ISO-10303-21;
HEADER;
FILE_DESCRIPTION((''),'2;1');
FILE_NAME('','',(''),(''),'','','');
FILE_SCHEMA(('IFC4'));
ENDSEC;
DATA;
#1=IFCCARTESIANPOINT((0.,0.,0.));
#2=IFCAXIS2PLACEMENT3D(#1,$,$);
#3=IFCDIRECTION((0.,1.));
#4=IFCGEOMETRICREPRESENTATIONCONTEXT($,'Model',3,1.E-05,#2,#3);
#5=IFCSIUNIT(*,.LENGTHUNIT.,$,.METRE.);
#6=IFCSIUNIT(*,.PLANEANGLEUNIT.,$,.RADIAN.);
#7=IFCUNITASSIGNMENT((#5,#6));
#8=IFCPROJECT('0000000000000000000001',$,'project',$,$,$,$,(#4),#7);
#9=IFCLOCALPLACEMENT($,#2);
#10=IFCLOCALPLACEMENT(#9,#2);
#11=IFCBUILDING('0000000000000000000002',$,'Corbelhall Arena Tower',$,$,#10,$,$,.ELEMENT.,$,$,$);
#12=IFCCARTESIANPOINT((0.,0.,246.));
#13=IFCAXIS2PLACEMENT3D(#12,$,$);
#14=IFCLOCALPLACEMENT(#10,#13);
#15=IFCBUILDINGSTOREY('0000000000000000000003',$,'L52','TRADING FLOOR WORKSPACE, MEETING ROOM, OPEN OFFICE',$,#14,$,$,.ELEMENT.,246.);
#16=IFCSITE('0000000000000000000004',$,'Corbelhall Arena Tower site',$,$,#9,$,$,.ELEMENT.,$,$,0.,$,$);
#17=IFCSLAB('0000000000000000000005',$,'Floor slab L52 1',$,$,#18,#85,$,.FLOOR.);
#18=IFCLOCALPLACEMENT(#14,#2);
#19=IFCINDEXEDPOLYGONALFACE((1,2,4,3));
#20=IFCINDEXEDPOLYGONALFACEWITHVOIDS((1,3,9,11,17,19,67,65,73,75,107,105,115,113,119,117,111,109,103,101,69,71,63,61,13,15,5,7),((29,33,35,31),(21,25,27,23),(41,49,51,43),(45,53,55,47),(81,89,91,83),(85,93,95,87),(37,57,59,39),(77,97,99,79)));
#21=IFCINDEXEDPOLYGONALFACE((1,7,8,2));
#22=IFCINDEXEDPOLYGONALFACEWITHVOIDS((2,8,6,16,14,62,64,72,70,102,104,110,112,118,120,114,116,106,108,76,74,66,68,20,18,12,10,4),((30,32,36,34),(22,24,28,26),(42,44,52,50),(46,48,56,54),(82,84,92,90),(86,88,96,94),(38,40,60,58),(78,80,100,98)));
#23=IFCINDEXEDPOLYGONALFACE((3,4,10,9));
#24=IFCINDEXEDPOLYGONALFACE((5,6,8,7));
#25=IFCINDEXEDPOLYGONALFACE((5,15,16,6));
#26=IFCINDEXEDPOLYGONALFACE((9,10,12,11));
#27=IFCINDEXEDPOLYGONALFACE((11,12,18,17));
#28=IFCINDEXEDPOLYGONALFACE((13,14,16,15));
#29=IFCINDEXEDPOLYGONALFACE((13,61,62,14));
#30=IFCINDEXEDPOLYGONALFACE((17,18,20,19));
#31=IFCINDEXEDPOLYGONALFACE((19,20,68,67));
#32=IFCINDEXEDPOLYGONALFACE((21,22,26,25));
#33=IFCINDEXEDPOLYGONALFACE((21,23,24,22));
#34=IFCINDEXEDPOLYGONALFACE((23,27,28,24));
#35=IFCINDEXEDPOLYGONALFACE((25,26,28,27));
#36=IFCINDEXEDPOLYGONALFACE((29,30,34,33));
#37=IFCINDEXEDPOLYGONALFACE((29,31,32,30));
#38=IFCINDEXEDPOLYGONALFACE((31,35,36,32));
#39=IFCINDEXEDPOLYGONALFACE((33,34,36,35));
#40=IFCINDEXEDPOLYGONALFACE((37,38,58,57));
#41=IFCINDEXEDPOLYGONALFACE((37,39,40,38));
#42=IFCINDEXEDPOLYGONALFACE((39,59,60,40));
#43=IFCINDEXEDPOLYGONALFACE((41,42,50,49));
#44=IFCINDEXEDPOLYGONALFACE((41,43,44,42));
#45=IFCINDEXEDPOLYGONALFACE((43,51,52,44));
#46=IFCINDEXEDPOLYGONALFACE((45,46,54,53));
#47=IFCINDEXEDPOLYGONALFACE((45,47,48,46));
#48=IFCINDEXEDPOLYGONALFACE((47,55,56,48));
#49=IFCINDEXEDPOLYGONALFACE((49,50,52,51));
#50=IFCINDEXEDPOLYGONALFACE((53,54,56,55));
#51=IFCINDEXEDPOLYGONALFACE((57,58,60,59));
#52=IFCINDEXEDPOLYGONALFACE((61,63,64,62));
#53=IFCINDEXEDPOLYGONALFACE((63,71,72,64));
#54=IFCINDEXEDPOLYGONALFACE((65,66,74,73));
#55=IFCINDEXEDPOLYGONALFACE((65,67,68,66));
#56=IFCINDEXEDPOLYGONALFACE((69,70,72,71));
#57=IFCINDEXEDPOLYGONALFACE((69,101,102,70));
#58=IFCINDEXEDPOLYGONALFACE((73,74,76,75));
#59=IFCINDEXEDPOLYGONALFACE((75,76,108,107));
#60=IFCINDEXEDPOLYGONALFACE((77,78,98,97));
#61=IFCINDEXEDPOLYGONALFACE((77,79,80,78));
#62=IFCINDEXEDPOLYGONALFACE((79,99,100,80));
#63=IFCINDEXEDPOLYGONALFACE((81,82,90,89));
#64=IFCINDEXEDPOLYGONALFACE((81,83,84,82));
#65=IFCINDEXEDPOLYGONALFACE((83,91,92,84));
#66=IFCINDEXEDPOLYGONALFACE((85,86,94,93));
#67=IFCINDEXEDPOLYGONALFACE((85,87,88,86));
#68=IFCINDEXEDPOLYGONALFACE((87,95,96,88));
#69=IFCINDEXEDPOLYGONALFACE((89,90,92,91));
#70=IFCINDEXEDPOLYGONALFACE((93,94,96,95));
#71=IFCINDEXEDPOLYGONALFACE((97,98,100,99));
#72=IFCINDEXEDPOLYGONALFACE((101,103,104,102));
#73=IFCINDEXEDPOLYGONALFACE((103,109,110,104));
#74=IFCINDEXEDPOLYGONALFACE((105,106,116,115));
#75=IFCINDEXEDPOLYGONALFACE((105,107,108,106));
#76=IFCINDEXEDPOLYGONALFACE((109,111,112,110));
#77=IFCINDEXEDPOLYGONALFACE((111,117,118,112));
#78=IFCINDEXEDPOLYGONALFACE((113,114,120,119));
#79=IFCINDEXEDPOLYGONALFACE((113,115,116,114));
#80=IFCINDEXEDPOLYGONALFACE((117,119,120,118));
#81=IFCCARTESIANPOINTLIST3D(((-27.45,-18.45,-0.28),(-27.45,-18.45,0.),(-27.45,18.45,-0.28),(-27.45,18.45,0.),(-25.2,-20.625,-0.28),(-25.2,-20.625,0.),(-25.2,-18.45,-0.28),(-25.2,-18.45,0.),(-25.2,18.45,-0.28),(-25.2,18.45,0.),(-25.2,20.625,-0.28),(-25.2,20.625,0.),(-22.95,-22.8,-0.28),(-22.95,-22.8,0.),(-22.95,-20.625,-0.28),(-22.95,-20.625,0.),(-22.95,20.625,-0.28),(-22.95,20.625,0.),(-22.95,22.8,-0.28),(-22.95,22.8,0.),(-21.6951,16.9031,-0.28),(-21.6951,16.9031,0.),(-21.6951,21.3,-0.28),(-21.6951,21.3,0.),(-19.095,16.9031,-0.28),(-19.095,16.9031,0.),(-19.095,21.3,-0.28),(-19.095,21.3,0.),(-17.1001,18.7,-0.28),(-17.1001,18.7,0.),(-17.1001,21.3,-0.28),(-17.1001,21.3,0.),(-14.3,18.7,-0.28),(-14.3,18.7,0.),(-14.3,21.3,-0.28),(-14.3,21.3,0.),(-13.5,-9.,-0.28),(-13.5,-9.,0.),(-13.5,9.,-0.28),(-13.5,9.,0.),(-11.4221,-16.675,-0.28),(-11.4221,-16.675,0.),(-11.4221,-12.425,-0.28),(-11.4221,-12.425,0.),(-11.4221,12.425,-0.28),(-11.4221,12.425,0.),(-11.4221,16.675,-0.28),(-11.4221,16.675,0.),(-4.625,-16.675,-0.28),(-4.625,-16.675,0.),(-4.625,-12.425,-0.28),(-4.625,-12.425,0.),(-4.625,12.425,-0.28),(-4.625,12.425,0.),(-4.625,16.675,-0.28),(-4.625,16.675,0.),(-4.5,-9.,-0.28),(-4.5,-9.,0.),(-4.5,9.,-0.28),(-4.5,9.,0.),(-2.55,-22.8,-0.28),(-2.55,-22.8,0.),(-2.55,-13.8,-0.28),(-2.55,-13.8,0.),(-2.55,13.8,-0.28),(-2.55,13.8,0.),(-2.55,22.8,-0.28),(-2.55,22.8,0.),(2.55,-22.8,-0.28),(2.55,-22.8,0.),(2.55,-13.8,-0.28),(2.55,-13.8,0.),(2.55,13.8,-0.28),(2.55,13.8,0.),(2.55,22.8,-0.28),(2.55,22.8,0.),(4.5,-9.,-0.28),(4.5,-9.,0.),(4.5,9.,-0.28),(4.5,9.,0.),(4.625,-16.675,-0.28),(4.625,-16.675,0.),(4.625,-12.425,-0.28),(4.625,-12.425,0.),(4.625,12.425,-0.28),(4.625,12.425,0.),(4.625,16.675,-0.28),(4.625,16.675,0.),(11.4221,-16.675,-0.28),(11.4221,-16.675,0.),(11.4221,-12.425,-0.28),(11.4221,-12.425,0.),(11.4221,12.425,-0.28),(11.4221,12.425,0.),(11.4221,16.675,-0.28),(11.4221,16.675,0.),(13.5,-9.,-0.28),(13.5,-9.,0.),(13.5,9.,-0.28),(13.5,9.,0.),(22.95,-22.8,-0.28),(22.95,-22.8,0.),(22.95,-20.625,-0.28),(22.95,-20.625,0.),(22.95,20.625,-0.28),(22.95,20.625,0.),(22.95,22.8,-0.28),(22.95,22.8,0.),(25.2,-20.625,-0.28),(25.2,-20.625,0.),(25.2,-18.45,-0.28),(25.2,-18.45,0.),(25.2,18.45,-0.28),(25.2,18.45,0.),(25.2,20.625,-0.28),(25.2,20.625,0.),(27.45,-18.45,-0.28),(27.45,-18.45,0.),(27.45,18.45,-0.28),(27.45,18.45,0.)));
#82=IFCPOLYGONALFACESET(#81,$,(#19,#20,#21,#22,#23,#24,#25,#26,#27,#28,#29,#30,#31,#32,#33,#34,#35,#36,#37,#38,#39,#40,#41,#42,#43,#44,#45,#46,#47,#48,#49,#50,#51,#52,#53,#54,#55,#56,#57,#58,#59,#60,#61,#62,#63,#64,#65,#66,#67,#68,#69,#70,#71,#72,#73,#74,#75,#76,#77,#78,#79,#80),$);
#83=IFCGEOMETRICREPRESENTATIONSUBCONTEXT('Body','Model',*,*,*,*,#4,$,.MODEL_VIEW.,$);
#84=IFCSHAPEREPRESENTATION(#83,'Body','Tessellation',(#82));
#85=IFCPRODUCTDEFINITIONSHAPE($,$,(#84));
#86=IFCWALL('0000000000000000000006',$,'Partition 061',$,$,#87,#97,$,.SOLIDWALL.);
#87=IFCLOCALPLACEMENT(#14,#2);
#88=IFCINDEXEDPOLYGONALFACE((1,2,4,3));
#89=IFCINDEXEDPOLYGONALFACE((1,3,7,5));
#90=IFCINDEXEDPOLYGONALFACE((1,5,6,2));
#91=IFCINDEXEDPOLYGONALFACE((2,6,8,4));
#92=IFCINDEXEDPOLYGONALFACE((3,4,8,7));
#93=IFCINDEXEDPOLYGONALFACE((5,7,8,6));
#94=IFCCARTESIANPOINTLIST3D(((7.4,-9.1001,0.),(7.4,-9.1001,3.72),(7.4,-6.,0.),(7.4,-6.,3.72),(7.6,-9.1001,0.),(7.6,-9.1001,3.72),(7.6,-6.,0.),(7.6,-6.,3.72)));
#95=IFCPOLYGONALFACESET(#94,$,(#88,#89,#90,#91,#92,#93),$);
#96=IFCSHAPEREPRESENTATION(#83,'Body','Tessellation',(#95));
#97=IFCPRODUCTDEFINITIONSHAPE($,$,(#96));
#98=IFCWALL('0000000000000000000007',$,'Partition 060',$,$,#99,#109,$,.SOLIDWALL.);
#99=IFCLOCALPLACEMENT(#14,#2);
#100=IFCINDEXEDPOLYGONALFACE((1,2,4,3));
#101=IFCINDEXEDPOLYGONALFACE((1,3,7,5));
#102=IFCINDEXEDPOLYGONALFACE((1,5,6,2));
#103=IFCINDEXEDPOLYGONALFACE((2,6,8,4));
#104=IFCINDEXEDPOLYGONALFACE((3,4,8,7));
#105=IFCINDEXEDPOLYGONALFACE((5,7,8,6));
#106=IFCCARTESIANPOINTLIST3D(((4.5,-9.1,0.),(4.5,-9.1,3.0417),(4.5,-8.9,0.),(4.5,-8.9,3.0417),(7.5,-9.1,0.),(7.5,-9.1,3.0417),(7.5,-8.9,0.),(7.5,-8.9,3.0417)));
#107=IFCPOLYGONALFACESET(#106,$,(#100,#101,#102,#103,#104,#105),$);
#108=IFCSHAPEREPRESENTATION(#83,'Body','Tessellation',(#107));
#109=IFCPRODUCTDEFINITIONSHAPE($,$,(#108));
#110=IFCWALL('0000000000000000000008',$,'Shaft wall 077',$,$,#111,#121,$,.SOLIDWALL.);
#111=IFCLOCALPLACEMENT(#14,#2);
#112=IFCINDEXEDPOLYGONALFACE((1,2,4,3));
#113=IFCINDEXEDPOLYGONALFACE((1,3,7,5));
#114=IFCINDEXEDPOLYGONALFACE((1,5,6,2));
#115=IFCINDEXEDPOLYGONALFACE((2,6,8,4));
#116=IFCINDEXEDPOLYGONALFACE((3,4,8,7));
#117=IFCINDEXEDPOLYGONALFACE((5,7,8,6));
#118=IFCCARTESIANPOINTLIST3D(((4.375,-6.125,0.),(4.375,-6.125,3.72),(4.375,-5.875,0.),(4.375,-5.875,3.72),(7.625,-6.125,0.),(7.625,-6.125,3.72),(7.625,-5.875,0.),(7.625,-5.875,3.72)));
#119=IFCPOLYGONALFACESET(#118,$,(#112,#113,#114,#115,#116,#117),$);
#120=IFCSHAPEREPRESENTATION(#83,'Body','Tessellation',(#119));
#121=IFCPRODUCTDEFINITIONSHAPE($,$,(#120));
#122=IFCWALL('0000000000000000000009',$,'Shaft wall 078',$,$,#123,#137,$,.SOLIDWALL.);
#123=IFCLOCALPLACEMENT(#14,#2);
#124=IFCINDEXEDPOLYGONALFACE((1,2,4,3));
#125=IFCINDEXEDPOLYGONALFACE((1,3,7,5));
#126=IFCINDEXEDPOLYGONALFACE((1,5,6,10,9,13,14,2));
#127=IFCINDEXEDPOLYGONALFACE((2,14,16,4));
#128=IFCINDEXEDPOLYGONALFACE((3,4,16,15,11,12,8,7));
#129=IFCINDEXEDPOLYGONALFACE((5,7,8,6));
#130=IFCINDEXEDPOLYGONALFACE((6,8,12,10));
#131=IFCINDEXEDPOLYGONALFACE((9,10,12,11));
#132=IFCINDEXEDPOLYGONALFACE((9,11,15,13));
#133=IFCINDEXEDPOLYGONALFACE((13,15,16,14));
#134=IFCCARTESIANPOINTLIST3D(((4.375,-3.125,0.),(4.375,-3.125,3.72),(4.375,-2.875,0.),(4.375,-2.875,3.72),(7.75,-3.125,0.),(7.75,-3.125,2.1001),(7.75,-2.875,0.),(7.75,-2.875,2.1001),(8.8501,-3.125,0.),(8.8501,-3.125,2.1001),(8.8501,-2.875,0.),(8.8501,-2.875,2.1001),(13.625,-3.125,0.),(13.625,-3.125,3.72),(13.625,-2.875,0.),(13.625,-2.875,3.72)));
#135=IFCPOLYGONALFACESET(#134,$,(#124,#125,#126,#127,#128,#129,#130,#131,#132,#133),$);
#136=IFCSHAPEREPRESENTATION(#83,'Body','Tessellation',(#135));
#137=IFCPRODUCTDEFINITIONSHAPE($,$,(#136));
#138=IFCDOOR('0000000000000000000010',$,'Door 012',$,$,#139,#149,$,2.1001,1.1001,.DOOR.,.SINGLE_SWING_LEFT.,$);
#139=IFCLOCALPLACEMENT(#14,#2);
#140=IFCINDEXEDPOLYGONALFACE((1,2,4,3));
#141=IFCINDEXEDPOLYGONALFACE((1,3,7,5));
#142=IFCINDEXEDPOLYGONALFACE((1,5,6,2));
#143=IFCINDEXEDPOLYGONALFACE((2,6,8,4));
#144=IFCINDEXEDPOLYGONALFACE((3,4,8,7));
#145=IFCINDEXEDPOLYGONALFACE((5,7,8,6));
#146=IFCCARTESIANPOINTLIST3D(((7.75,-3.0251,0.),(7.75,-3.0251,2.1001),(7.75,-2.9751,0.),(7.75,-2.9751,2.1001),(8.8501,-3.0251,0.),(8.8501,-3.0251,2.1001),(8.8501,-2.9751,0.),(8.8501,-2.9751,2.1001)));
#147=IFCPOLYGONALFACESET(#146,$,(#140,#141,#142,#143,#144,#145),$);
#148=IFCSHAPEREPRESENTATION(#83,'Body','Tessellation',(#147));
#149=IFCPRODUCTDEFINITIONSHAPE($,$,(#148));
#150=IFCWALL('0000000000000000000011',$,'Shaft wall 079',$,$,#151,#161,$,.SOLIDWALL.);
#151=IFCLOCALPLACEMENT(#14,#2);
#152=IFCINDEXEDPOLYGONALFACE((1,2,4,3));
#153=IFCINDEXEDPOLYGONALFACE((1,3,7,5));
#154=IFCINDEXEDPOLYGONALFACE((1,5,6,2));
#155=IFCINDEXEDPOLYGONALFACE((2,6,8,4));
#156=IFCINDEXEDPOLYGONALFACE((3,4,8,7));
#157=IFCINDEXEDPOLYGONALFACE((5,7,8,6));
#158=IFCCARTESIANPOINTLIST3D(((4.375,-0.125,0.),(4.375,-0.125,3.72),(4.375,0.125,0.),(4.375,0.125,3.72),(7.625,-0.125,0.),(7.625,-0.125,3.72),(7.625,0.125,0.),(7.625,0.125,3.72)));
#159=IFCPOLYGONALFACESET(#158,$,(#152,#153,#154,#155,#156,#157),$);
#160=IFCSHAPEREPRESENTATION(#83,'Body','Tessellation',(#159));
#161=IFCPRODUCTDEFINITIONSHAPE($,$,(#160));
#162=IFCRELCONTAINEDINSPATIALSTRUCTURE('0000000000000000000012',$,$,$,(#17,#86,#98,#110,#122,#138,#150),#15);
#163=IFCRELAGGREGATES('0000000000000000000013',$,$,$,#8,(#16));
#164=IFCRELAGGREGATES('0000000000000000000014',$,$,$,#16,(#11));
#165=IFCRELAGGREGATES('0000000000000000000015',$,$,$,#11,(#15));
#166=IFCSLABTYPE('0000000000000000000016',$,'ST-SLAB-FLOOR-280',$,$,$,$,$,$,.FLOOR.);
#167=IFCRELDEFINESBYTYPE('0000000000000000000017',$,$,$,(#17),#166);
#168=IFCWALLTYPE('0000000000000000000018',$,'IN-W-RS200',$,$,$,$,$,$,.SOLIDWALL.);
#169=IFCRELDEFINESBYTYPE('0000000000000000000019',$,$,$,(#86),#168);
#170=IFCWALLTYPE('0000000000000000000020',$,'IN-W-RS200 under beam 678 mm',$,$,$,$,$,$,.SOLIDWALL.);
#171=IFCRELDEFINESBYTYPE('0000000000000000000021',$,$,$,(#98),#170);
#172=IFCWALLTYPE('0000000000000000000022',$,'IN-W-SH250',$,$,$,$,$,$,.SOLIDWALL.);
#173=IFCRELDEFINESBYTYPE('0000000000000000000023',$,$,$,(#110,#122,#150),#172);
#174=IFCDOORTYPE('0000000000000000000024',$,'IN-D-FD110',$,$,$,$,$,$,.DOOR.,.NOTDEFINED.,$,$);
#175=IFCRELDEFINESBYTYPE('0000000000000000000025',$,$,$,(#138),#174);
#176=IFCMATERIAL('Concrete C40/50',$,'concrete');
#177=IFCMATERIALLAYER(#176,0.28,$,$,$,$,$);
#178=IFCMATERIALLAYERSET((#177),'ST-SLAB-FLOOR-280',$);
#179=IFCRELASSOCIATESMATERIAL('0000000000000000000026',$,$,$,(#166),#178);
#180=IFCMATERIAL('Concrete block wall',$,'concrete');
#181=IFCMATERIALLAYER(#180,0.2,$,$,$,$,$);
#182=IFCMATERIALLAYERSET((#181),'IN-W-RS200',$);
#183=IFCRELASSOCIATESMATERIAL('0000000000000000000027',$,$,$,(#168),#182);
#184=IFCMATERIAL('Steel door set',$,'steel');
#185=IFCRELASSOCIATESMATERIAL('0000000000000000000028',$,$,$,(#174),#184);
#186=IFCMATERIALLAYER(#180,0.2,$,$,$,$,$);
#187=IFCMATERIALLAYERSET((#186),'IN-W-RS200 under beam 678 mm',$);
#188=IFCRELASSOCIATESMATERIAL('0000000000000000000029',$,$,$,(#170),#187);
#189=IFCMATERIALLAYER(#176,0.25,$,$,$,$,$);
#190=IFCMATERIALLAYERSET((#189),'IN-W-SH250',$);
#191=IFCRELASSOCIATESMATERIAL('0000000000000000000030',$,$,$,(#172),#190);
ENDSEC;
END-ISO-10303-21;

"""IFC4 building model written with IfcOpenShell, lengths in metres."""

from ifc_helpers import new_model, si_unit, direction, frame, frame_2d, origin, place, context, subcontext, project, spatial, polyline, rectangle, outline, extrude, material, layer, layer_set, type_object, element, fill, save


model = new_model("IFC4")

# Units and contexts
model_context = context("Model", 3, precision=1e-05, world=origin(), true_north=direction((0.0, 1.0)))
body_context = subcontext(model_context, "Body", "Model", "MODEL_VIEW")
ifc_project = project(units=[si_unit("LENGTHUNIT", "METRE"), si_unit("PLANEANGLEUNIT", "RADIAN")], contexts=[model_context])

# Site, building, storey
site_placement = place(None, origin())
site = spatial("IfcSite", under=ifc_project, at=site_placement, Name="Corbelhall Arena Tower site", CompositionType="ELEMENT", RefElevation=0.0)
building_placement = place(site_placement, origin())
building = spatial("IfcBuilding", under=site, at=building_placement, Name="Corbelhall Arena Tower", CompositionType="ELEMENT")
storey_placement = place(building_placement, frame((0.0, 0.0, 246.0)))
storey = spatial("IfcBuildingStorey", under=building, at=storey_placement, Name="L52", Description="TRADING FLOOR WORKSPACE, MEETING ROOM, OPEN OFFICE", CompositionType="ELEMENT", Elevation=246.0)

# Shared definitions
ifc_material_1 = material(Name="Concrete C40/50", Category="concrete")

# Slab
ifc_layer_1 = layer(ifc_material_1, 0.28)
ifc_layer_set_1 = layer_set([ifc_layer_1], Name="ST-SLAB-FLOOR-280")
slab_type_1 = type_object("IfcSlabType", Name="ST-SLAB-FLOOR-280", PredefinedType="FLOOR", material=ifc_layer_set_1)
slab_1_placement = place(storey_placement, frame((0.0, 0.0, -0.28)))
element("IfcSlab", 1, at=slab_1_placement, inside=storey, type_object=slab_type_1, Name="Floor slab L52 1", PredefinedType="FLOOR", context=body_context, shape_type="SweptSolid", body=[
    extrude(outline(polyline([(22.95, 22.8), (2.55, 22.8), (2.55, 13.8), (-2.55, 13.8), (-2.55, 22.8), (-22.95, 22.8), (-22.95, 20.625), (-25.2, 20.625), (-25.2, 18.45), (-27.45, 18.45), (-27.45, -18.45), (-25.2, -18.45), (-25.2, -20.625), (-22.95, -20.625), (-22.95, -22.8), (-2.55, -22.8), (-2.55, -13.8), (2.55, -13.8), (2.55, -22.8), (22.95, -22.8), (22.95, -20.625), (25.2, -20.625), (25.2, -18.45), (27.45, -18.45), (27.45, 18.45), (25.2, 18.45), (25.2, 20.625), (22.95, 20.625), (22.95, 22.8)]), holes=[polyline([(-13.5, 9.0), (-13.5, -9.0), (-4.5, -9.0), (-4.5, 9.0), (-13.5, 9.0)]), polyline([(4.5, 9.0), (4.5, -9.0), (13.5, -9.0), (13.5, 9.0), (4.5, 9.0)]), polyline([(-4.625, 16.675), (-11.4221, 16.675), (-11.4221, 12.425), (-4.625, 12.425), (-4.625, 16.675)]), polyline([(-4.625, -16.675), (-4.625, -12.425), (-11.4221, -12.425), (-11.4221, -16.675), (-4.625, -16.675)]), polyline([(11.4221, 16.675), (4.625, 16.675), (4.625, 12.425), (11.4221, 12.425), (11.4221, 16.675)]), polyline([(11.4221, -16.675), (11.4221, -12.425), (4.625, -12.425), (4.625, -16.675), (11.4221, -16.675)]), polyline([(-21.6951, 21.3), (-21.6951, 16.9031), (-19.095, 16.9031), (-19.095, 21.3), (-21.6951, 21.3)]), polyline([(-14.3, 21.3), (-17.1001, 21.3), (-17.1001, 18.7), (-14.3, 18.7), (-14.3, 21.3)])]), origin(), (0.0, 0.0, 1.0), 0.28),
])

# Wall
ifc_material_2 = material(Name="Concrete block wall", Category="concrete")
ifc_layer_2 = layer(ifc_material_2, 0.2)
ifc_layer_set_2 = layer_set([ifc_layer_2], Name="IN-W-RS200")
wall_type_1 = type_object("IfcWallType", Name="IN-W-RS200", PredefinedType="SOLIDWALL", material=ifc_layer_set_2)
wall_1_placement = place(storey_placement, frame((7.5, -6.0, 0.0), z_axis=(0.0, 0.0, 1.0), x_axis=(0.0, -1.0, 0.0)))
element("IfcWall", 2, at=wall_1_placement, inside=storey, type_object=wall_type_1, Name="Partition 061", PredefinedType="SOLIDWALL", context=body_context, shape_type="SweptSolid", body=[
    extrude(rectangle(XDim=3.1001, YDim=0.2, at=frame_2d((1.55, 0.0))), origin(), (0.0, 0.0, 1.0), 3.72),
])

# Shared definitions
ifc_material_3 = material(Name="Steel door set", Category="steel")
door_type_1 = type_object("IfcDoorType", Name="IN-D-FD110", OperationType="NOTDEFINED", PredefinedType="DOOR", material=ifc_material_3)
ifc_layer_3 = layer(ifc_material_2, 0.2)
ifc_layer_set_3 = layer_set([ifc_layer_3], Name="IN-W-RS200 under beam 678 mm")
wall_type_2 = type_object("IfcWallType", Name="IN-W-RS200 under beam 678 mm", PredefinedType="SOLIDWALL", material=ifc_layer_set_3)

# Walls
wall_2_placement = place(storey_placement, frame((7.5, -9.0, 0.0), z_axis=(0.0, 0.0, 1.0), x_axis=(-1.0, 0.0, 0.0)))
element("IfcWall", 3, at=wall_2_placement, inside=storey, type_object=wall_type_2, Name="Partition 060", PredefinedType="SOLIDWALL", context=body_context, shape_type="SweptSolid", body=[
    extrude(rectangle(XDim=3.0, YDim=0.2, at=frame_2d((1.5, 0.0))), origin(), (0.0, 0.0, 1.0), 3.0417),
])
ifc_layer_4 = layer(ifc_material_1, 0.25)
ifc_layer_set_4 = layer_set([ifc_layer_4], Name="IN-W-SH250")
wall_type_3 = type_object("IfcWallType", Name="IN-W-SH250", PredefinedType="SOLIDWALL", material=ifc_layer_set_4)
wall_3_placement = place(storey_placement, frame((4.375, -6.0, 0.0), z_axis=(0.0, 0.0, 1.0), x_axis=(1.0, 0.0, 0.0)))
element("IfcWall", 4, at=wall_3_placement, inside=storey, type_object=wall_type_3, Name="Shaft wall 077", PredefinedType="SOLIDWALL", context=body_context, shape_type="SweptSolid", body=[
    extrude(rectangle(XDim=3.25, YDim=0.25, at=frame_2d((1.625, 0.0))), origin(), (0.0, 0.0, 1.0), 3.72),
])

# Wall, opening, door
wall_4_placement = place(storey_placement, frame((4.375, -3.0, 0.0), z_axis=(0.0, 0.0, 1.0), x_axis=(1.0, 0.0, 0.0)))
wall_4 = element("IfcWall", 5, at=wall_4_placement, inside=storey, type_object=wall_type_3, Name="Shaft wall 078", PredefinedType="SOLIDWALL", context=body_context, shape_type="SweptSolid", body=[
    extrude(rectangle(XDim=9.25, YDim=0.25, at=frame_2d((4.625, 0.0))), origin(), (0.0, 0.0, 1.0), 3.72),
])
opening_1_placement = place(wall_4_placement, frame((3.375, 0.0, 0.0)))
opening_1 = element("IfcOpeningElement", 6, at=opening_1_placement, cuts=wall_4, PredefinedType="OPENING", context=body_context, shape_type="SweptSolid", body=[
    extrude(rectangle(XDim=1.1001, YDim=2.1001, at=frame_2d((0.55, 1.05))), frame((0.0, 0.125, 0.0), z_axis=(0.0, -1.0, 0.0), x_axis=(1.0, 0.0, 0.0)), (0.0, 0.0, 1.0), 0.25),
])
door_1_placement = place(opening_1_placement, origin())
door_1 = element("IfcDoor", 7, at=door_1_placement, inside=storey, type_object=door_type_1, Name="Door 012", OperationType="SINGLE_SWING_LEFT", OverallHeight=2.1001, OverallWidth=1.1001, PredefinedType="DOOR", context=body_context, shape_type="SweptSolid", body=[
    extrude(rectangle(XDim=1.1001, YDim=2.1001, at=frame_2d((0.55, 1.05))), frame((0.0, 0.0249, 0.0), z_axis=(0.0, -1.0, 0.0), x_axis=(1.0, 0.0, 0.0)), (0.0, 0.0, 1.0), 0.05),
])
fill(opening_1, door_1)

# Wall
wall_5_placement = place(storey_placement, frame((4.375, 0.0, 0.0), z_axis=(0.0, 0.0, 1.0), x_axis=(1.0, 0.0, 0.0)))
element("IfcWall", 8, at=wall_5_placement, inside=storey, type_object=wall_type_3, Name="Shaft wall 079", PredefinedType="SOLIDWALL", context=body_context, shape_type="SweptSolid", body=[
    extrude(rectangle(XDim=3.25, YDim=0.25, at=frame_2d((1.625, 0.0))), origin(), (0.0, 0.0, 1.0), 3.72),
])

save(model, "model.ifc")
